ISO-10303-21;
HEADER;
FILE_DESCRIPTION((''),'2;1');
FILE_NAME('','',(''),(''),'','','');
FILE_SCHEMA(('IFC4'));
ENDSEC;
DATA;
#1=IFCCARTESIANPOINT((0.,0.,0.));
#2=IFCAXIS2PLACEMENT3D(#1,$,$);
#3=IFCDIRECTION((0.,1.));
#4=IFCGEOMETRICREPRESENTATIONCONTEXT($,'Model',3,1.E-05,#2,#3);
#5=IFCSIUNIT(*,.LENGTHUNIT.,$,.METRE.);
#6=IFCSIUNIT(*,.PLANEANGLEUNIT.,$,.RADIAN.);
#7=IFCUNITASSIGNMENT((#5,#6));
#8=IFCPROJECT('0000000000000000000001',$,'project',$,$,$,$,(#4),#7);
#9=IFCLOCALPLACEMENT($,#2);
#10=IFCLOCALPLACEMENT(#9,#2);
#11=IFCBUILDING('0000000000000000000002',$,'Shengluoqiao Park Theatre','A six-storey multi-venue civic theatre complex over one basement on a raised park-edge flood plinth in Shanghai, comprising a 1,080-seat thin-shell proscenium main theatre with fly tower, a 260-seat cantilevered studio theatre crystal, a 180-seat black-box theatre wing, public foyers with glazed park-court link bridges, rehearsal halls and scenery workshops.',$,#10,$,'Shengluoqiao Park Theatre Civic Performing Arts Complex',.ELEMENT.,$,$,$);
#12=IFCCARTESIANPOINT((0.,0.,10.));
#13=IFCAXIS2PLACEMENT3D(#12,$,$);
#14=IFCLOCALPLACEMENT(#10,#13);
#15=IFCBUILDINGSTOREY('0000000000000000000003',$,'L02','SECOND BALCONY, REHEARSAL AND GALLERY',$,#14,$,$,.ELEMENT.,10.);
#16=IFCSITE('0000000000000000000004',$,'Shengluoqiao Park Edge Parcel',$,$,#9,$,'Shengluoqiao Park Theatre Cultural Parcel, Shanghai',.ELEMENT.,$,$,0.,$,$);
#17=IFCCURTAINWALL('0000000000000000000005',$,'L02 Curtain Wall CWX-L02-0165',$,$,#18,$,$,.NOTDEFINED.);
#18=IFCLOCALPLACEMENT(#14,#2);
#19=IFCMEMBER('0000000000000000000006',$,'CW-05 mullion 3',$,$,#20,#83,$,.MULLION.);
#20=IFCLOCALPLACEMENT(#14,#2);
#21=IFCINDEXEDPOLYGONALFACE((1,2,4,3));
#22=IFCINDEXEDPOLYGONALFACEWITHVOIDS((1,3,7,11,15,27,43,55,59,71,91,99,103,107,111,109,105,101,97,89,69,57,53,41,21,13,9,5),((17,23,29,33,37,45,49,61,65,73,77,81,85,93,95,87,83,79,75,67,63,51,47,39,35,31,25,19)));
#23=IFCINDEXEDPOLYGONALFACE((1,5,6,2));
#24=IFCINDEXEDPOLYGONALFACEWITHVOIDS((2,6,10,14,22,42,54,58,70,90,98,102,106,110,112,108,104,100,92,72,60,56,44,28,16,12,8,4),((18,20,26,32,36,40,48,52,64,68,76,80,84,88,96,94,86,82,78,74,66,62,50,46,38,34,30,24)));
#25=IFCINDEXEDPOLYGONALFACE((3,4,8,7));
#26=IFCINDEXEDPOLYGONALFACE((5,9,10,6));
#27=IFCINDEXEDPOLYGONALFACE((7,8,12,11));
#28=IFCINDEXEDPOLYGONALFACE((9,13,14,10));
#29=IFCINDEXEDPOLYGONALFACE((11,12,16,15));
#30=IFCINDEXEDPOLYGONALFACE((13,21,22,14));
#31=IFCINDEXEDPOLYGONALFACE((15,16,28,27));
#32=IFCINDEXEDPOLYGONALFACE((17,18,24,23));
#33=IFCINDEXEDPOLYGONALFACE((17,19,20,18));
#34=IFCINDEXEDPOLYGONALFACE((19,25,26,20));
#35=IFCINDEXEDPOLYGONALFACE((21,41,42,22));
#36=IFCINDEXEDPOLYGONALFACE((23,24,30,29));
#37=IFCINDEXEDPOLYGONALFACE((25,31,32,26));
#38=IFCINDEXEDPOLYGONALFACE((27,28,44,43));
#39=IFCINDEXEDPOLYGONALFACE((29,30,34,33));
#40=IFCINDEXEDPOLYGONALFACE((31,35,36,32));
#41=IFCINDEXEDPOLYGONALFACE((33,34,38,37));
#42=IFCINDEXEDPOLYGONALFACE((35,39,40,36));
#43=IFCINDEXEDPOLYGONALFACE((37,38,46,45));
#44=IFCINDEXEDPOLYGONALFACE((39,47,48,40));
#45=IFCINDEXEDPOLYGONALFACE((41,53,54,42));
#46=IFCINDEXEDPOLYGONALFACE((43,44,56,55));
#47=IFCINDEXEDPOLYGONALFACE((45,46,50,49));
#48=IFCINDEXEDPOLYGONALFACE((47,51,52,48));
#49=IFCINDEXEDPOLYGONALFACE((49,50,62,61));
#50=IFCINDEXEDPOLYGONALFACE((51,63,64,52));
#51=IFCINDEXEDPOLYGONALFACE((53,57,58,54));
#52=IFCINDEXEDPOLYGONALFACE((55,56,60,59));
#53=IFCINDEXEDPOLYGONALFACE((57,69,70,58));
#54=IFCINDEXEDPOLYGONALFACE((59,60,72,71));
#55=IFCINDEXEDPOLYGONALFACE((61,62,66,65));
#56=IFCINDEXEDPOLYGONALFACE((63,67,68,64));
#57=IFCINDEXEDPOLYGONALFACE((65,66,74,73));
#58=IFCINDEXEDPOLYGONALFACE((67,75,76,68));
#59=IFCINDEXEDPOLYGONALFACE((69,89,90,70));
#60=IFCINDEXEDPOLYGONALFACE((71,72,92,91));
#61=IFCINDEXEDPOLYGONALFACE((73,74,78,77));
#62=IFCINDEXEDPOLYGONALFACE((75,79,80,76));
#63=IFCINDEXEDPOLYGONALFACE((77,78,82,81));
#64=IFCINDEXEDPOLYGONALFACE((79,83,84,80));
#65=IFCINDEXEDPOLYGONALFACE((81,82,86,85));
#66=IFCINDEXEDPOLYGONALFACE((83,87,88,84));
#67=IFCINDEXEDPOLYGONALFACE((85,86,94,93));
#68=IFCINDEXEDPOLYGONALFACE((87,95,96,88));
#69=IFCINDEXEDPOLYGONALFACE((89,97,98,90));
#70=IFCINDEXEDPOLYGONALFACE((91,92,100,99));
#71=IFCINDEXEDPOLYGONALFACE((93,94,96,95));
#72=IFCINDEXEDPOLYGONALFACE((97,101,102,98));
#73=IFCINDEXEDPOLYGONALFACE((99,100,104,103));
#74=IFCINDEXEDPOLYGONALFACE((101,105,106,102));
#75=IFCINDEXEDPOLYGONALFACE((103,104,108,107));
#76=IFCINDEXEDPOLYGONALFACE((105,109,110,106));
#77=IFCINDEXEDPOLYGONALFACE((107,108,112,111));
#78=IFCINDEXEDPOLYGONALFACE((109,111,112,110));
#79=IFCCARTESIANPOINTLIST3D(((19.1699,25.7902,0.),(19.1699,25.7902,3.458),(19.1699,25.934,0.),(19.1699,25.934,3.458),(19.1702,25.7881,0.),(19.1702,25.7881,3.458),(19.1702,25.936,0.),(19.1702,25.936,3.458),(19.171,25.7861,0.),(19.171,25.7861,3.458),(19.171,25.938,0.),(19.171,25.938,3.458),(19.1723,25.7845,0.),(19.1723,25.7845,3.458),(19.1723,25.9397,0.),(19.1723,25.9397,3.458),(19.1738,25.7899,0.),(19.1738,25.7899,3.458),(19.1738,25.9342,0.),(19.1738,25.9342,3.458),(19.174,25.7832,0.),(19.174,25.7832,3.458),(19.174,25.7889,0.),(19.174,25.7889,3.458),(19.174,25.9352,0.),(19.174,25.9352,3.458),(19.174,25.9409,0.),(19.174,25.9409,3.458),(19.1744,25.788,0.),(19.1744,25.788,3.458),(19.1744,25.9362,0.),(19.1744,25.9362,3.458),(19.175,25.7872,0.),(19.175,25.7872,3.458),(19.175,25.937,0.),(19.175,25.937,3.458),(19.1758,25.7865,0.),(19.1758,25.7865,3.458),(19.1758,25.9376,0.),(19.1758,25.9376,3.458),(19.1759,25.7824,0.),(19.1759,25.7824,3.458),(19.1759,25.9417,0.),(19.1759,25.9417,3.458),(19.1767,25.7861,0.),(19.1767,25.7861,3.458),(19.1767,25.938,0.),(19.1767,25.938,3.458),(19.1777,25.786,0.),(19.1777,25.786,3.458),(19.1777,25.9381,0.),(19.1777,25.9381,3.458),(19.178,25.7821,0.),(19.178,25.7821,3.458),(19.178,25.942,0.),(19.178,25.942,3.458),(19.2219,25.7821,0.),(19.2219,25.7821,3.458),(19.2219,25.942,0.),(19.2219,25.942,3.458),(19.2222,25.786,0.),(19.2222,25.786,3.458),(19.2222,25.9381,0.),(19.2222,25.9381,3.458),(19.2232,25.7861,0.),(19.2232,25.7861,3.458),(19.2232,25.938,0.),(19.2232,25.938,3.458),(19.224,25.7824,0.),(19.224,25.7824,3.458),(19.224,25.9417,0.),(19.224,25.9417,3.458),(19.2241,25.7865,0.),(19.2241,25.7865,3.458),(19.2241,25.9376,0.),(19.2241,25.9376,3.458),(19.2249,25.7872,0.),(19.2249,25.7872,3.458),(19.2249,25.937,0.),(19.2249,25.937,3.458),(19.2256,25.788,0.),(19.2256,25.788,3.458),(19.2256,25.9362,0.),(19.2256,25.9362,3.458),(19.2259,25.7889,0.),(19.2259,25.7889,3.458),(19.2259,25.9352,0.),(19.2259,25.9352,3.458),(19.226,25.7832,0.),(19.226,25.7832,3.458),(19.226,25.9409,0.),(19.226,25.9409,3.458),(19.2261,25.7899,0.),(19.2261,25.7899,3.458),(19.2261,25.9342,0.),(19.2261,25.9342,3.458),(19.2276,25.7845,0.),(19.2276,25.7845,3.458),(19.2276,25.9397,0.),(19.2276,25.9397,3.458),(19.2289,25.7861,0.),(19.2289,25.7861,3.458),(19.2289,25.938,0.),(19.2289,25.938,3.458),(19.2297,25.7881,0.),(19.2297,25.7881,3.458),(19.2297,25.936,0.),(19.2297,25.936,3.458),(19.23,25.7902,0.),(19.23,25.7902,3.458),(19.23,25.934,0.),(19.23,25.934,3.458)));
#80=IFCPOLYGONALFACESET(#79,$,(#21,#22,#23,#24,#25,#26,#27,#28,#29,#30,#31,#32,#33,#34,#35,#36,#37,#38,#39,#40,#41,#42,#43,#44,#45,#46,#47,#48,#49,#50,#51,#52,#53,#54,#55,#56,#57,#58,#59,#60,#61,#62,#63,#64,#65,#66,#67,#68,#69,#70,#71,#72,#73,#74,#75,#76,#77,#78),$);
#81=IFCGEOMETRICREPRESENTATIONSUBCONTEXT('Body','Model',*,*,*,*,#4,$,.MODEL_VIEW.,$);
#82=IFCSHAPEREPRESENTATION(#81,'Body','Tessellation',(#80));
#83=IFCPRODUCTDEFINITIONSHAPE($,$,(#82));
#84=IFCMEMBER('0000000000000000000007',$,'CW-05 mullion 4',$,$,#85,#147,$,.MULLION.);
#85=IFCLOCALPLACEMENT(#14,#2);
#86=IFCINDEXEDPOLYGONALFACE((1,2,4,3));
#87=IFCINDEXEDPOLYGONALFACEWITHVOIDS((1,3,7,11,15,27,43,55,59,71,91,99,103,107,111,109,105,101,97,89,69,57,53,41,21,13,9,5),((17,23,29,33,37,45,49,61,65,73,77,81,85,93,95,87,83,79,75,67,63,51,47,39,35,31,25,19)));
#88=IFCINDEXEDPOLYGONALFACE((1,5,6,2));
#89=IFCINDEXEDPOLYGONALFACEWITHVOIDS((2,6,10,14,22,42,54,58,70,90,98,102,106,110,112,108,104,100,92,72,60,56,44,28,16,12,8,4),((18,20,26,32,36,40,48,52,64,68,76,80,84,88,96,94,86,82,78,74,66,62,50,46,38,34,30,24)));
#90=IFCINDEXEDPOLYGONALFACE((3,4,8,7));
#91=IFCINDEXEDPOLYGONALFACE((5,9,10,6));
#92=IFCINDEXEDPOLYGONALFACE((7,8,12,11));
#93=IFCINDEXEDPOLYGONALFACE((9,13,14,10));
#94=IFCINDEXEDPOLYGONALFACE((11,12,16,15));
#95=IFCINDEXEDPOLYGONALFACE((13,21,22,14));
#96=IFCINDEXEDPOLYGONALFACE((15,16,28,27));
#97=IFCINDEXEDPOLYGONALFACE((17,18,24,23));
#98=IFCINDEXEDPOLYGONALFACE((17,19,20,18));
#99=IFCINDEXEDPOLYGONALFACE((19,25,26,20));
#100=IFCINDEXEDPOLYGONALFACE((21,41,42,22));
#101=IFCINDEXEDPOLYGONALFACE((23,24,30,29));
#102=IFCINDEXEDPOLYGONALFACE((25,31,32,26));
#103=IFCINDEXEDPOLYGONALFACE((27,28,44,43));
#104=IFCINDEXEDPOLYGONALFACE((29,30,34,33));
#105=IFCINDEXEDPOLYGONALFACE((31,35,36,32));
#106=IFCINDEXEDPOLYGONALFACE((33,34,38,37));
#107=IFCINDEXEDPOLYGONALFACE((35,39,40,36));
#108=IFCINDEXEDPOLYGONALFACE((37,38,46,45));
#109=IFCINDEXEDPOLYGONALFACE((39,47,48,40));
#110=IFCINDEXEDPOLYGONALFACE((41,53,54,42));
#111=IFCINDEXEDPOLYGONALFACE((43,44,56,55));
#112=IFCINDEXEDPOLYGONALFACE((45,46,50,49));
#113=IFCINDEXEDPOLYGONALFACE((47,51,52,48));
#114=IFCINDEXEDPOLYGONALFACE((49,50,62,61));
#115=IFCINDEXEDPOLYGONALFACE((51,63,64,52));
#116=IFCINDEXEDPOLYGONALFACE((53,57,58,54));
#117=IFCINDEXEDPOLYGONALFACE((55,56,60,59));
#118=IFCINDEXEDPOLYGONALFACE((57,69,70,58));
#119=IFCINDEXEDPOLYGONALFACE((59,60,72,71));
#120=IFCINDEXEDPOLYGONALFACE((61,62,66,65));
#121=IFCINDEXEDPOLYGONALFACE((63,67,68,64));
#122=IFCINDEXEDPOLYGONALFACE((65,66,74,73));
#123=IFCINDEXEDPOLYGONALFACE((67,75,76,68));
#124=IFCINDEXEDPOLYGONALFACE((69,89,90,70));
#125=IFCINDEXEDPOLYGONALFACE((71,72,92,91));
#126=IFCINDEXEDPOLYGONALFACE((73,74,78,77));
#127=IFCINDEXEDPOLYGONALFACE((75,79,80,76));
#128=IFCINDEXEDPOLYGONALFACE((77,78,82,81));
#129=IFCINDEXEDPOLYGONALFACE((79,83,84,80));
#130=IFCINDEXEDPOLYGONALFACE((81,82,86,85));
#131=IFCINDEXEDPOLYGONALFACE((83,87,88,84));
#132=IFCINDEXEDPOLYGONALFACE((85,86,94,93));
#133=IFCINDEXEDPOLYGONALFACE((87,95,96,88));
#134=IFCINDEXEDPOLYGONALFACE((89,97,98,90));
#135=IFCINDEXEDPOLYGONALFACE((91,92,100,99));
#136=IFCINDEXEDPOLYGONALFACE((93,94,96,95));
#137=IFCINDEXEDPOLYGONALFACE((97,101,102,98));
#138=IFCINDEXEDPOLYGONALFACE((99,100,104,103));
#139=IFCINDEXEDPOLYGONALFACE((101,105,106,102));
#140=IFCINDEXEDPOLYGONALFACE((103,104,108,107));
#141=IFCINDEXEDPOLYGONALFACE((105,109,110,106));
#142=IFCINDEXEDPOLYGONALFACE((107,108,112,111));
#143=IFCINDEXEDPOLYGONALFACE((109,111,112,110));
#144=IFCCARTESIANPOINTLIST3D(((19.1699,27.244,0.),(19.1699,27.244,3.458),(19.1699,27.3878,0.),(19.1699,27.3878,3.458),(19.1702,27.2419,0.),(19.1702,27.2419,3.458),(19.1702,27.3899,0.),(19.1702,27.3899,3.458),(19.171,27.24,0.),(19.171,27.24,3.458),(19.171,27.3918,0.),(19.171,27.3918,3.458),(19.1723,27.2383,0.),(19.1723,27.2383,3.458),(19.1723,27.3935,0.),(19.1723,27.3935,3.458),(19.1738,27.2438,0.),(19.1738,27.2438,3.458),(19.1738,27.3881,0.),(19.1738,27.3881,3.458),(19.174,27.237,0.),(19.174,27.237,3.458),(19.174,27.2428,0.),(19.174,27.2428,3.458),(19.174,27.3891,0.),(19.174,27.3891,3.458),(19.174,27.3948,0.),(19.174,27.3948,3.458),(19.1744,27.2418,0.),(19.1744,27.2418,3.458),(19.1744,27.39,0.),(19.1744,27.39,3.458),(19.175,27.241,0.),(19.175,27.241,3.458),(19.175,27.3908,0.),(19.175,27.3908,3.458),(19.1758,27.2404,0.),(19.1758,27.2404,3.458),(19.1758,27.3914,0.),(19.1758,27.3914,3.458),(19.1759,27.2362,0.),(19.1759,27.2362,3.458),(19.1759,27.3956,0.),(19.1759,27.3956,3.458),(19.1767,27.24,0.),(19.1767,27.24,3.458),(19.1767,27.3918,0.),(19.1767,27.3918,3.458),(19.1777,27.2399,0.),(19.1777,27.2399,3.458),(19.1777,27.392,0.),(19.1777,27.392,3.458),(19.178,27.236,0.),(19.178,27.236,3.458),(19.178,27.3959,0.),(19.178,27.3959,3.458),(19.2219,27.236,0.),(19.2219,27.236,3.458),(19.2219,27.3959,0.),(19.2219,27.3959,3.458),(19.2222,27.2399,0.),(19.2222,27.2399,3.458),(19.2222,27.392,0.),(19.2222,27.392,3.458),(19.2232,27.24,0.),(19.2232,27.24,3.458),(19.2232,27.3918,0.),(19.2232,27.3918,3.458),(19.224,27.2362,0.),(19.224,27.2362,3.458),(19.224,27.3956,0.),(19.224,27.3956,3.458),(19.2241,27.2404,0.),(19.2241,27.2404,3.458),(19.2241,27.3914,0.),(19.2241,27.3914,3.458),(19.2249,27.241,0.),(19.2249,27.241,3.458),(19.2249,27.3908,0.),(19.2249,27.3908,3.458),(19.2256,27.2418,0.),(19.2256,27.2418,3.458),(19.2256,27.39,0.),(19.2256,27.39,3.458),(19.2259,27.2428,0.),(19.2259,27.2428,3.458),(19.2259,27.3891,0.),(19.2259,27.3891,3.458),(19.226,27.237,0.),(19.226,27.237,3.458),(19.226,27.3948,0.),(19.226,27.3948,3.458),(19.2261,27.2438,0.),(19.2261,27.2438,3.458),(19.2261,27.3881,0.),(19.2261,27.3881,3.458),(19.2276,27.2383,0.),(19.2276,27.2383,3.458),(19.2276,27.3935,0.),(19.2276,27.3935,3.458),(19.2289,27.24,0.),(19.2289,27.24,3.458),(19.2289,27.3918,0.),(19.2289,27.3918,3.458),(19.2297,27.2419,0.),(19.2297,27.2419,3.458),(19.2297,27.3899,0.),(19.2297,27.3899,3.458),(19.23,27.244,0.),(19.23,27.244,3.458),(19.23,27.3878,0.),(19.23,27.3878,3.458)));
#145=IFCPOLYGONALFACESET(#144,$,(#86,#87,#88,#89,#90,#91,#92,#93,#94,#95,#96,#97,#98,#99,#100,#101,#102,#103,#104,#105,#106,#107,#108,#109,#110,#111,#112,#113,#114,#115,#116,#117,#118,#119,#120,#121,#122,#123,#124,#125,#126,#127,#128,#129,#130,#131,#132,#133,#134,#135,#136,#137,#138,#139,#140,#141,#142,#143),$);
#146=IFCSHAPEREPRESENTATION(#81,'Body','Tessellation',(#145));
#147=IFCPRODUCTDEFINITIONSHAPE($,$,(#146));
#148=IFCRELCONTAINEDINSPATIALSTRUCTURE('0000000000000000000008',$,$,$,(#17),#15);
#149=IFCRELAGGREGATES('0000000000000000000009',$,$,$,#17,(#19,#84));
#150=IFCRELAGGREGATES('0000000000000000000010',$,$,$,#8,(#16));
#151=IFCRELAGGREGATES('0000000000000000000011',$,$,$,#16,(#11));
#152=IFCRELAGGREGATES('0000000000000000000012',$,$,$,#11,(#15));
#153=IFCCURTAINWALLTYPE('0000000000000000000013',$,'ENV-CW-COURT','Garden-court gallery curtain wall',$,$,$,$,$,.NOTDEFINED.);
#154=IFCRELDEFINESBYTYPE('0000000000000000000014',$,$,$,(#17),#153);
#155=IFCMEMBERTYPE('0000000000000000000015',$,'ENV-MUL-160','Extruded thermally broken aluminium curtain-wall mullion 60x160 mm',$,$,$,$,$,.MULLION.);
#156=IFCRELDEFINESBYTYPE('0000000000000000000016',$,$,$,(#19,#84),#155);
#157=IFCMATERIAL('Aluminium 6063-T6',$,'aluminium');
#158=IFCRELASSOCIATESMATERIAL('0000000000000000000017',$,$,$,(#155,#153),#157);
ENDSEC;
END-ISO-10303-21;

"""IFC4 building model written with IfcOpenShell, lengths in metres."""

from ifc_helpers import new_model, si_unit, direction, frame, origin, origin_2d, place, context, subcontext, project, spatial, hollow_rectangle, extrude, material, material_profile, profile_set, type_object, element, aggregate, save


model = new_model("IFC4")

# Units and contexts
model_context = context("Model", 3, precision=1e-05, world=origin(), true_north=direction((0.0, 1.0)))
body_context = subcontext(model_context, "Body", "Model", "MODEL_VIEW")
ifc_project = project(units=[si_unit("LENGTHUNIT", "METRE"), si_unit("PLANEANGLEUNIT", "RADIAN")], contexts=[model_context])

# Site, building, storey
site_placement = place(None, origin())
site = spatial("IfcSite", under=ifc_project, at=site_placement, Name="Shengluoqiao Park Edge Parcel", LongName="Shengluoqiao Park Theatre Cultural Parcel, Shanghai", CompositionType="ELEMENT", RefElevation=0.0)
building_placement = place(site_placement, origin())
building = spatial("IfcBuilding", under=site, at=building_placement, Name="Shengluoqiao Park Theatre", Description="A six-storey multi-venue civic theatre complex over one basement on a raised park-edge flood plinth in Shanghai, comprising a 1,080-seat thin-shell proscenium main theatre with fly tower, a 260-seat cantilevered studio theatre crystal, a 180-seat black-box theatre wing, public foyers with glazed park-court link bridges, rehearsal halls and scenery workshops.", LongName="Shengluoqiao Park Theatre Civic Performing Arts Complex", CompositionType="ELEMENT")
storey_placement = place(building_placement, frame((0.0, 0.0, 10.0)))
storey = spatial("IfcBuildingStorey", under=building, at=storey_placement, Name="L02", Description="SECOND BALCONY, REHEARSAL AND GALLERY", CompositionType="ELEMENT", Elevation=10.0)

# Shared definitions
ifc_material_1 = material(Name="Aluminium 6063-T6", Category="aluminium")
ifc_material_profile_1 = material_profile(ifc_material_1, hollow_rectangle(XDim=0.0601, YDim=0.1599, WallThickness=0.0039, InnerFilletRadius=0.0039, OuterFilletRadius=0.0081, at=origin_2d()), Name="ALU MULLION 160x60x4")
ifc_profile_set_1 = profile_set([ifc_material_profile_1], Name="Aluminium 6063-T6")
member_type_1 = type_object("IfcMemberType", Name="ENV-MUL-160", Description="Extruded thermally broken aluminium curtain-wall mullion 60x160 mm", PredefinedType="MULLION", material=ifc_profile_set_1)

# Curtain wall, members
curtain_wall_type_1 = type_object("IfcCurtainWallType", Name="ENV-CW-COURT", Description="Garden-court gallery curtain wall", PredefinedType="NOTDEFINED", material=ifc_material_1)
curtain_wall_1_placement = place(storey_placement, origin())
curtain_wall_1 = element("IfcCurtainWall", 1, at=curtain_wall_1_placement, inside=storey, type_object=curtain_wall_type_1, Name="L02 Curtain Wall CWX-L02-0165", PredefinedType="NOTDEFINED")
member_1_placement = place(storey_placement, frame((19.2, 25.8621, 0.0), z_axis=(0.0, 0.0, 1.0), x_axis=(-1.0, 0.0, 0.0)))
member_1 = element("IfcMember", 2, at=member_1_placement, type_object=member_type_1, Name="CW-05 mullion 3", PredefinedType="MULLION", context=body_context, shape_type="SweptSolid", body=[
    extrude(hollow_rectangle(XDim=0.0601, YDim=0.1599, WallThickness=0.0039, InnerFilletRadius=0.0039, OuterFilletRadius=0.0081, at=origin_2d()), origin(), (0.0, 0.0, 1.0), 3.458),
])
member_2_placement = place(storey_placement, frame((19.2, 27.3159, 0.0), z_axis=(0.0, 0.0, 1.0), x_axis=(-1.0, 0.0, 0.0)))
member_2 = element("IfcMember", 3, at=member_2_placement, type_object=member_type_1, Name="CW-05 mullion 4", PredefinedType="MULLION", context=body_context, shape_type="SweptSolid", body=[
    extrude(hollow_rectangle(XDim=0.0601, YDim=0.1599, WallThickness=0.0039, InnerFilletRadius=0.0039, OuterFilletRadius=0.0081, at=origin_2d()), origin(), (0.0, 0.0, 1.0), 3.458),
])
aggregate(curtain_wall_1, [member_1, member_2])

save(model, "model.ifc")
